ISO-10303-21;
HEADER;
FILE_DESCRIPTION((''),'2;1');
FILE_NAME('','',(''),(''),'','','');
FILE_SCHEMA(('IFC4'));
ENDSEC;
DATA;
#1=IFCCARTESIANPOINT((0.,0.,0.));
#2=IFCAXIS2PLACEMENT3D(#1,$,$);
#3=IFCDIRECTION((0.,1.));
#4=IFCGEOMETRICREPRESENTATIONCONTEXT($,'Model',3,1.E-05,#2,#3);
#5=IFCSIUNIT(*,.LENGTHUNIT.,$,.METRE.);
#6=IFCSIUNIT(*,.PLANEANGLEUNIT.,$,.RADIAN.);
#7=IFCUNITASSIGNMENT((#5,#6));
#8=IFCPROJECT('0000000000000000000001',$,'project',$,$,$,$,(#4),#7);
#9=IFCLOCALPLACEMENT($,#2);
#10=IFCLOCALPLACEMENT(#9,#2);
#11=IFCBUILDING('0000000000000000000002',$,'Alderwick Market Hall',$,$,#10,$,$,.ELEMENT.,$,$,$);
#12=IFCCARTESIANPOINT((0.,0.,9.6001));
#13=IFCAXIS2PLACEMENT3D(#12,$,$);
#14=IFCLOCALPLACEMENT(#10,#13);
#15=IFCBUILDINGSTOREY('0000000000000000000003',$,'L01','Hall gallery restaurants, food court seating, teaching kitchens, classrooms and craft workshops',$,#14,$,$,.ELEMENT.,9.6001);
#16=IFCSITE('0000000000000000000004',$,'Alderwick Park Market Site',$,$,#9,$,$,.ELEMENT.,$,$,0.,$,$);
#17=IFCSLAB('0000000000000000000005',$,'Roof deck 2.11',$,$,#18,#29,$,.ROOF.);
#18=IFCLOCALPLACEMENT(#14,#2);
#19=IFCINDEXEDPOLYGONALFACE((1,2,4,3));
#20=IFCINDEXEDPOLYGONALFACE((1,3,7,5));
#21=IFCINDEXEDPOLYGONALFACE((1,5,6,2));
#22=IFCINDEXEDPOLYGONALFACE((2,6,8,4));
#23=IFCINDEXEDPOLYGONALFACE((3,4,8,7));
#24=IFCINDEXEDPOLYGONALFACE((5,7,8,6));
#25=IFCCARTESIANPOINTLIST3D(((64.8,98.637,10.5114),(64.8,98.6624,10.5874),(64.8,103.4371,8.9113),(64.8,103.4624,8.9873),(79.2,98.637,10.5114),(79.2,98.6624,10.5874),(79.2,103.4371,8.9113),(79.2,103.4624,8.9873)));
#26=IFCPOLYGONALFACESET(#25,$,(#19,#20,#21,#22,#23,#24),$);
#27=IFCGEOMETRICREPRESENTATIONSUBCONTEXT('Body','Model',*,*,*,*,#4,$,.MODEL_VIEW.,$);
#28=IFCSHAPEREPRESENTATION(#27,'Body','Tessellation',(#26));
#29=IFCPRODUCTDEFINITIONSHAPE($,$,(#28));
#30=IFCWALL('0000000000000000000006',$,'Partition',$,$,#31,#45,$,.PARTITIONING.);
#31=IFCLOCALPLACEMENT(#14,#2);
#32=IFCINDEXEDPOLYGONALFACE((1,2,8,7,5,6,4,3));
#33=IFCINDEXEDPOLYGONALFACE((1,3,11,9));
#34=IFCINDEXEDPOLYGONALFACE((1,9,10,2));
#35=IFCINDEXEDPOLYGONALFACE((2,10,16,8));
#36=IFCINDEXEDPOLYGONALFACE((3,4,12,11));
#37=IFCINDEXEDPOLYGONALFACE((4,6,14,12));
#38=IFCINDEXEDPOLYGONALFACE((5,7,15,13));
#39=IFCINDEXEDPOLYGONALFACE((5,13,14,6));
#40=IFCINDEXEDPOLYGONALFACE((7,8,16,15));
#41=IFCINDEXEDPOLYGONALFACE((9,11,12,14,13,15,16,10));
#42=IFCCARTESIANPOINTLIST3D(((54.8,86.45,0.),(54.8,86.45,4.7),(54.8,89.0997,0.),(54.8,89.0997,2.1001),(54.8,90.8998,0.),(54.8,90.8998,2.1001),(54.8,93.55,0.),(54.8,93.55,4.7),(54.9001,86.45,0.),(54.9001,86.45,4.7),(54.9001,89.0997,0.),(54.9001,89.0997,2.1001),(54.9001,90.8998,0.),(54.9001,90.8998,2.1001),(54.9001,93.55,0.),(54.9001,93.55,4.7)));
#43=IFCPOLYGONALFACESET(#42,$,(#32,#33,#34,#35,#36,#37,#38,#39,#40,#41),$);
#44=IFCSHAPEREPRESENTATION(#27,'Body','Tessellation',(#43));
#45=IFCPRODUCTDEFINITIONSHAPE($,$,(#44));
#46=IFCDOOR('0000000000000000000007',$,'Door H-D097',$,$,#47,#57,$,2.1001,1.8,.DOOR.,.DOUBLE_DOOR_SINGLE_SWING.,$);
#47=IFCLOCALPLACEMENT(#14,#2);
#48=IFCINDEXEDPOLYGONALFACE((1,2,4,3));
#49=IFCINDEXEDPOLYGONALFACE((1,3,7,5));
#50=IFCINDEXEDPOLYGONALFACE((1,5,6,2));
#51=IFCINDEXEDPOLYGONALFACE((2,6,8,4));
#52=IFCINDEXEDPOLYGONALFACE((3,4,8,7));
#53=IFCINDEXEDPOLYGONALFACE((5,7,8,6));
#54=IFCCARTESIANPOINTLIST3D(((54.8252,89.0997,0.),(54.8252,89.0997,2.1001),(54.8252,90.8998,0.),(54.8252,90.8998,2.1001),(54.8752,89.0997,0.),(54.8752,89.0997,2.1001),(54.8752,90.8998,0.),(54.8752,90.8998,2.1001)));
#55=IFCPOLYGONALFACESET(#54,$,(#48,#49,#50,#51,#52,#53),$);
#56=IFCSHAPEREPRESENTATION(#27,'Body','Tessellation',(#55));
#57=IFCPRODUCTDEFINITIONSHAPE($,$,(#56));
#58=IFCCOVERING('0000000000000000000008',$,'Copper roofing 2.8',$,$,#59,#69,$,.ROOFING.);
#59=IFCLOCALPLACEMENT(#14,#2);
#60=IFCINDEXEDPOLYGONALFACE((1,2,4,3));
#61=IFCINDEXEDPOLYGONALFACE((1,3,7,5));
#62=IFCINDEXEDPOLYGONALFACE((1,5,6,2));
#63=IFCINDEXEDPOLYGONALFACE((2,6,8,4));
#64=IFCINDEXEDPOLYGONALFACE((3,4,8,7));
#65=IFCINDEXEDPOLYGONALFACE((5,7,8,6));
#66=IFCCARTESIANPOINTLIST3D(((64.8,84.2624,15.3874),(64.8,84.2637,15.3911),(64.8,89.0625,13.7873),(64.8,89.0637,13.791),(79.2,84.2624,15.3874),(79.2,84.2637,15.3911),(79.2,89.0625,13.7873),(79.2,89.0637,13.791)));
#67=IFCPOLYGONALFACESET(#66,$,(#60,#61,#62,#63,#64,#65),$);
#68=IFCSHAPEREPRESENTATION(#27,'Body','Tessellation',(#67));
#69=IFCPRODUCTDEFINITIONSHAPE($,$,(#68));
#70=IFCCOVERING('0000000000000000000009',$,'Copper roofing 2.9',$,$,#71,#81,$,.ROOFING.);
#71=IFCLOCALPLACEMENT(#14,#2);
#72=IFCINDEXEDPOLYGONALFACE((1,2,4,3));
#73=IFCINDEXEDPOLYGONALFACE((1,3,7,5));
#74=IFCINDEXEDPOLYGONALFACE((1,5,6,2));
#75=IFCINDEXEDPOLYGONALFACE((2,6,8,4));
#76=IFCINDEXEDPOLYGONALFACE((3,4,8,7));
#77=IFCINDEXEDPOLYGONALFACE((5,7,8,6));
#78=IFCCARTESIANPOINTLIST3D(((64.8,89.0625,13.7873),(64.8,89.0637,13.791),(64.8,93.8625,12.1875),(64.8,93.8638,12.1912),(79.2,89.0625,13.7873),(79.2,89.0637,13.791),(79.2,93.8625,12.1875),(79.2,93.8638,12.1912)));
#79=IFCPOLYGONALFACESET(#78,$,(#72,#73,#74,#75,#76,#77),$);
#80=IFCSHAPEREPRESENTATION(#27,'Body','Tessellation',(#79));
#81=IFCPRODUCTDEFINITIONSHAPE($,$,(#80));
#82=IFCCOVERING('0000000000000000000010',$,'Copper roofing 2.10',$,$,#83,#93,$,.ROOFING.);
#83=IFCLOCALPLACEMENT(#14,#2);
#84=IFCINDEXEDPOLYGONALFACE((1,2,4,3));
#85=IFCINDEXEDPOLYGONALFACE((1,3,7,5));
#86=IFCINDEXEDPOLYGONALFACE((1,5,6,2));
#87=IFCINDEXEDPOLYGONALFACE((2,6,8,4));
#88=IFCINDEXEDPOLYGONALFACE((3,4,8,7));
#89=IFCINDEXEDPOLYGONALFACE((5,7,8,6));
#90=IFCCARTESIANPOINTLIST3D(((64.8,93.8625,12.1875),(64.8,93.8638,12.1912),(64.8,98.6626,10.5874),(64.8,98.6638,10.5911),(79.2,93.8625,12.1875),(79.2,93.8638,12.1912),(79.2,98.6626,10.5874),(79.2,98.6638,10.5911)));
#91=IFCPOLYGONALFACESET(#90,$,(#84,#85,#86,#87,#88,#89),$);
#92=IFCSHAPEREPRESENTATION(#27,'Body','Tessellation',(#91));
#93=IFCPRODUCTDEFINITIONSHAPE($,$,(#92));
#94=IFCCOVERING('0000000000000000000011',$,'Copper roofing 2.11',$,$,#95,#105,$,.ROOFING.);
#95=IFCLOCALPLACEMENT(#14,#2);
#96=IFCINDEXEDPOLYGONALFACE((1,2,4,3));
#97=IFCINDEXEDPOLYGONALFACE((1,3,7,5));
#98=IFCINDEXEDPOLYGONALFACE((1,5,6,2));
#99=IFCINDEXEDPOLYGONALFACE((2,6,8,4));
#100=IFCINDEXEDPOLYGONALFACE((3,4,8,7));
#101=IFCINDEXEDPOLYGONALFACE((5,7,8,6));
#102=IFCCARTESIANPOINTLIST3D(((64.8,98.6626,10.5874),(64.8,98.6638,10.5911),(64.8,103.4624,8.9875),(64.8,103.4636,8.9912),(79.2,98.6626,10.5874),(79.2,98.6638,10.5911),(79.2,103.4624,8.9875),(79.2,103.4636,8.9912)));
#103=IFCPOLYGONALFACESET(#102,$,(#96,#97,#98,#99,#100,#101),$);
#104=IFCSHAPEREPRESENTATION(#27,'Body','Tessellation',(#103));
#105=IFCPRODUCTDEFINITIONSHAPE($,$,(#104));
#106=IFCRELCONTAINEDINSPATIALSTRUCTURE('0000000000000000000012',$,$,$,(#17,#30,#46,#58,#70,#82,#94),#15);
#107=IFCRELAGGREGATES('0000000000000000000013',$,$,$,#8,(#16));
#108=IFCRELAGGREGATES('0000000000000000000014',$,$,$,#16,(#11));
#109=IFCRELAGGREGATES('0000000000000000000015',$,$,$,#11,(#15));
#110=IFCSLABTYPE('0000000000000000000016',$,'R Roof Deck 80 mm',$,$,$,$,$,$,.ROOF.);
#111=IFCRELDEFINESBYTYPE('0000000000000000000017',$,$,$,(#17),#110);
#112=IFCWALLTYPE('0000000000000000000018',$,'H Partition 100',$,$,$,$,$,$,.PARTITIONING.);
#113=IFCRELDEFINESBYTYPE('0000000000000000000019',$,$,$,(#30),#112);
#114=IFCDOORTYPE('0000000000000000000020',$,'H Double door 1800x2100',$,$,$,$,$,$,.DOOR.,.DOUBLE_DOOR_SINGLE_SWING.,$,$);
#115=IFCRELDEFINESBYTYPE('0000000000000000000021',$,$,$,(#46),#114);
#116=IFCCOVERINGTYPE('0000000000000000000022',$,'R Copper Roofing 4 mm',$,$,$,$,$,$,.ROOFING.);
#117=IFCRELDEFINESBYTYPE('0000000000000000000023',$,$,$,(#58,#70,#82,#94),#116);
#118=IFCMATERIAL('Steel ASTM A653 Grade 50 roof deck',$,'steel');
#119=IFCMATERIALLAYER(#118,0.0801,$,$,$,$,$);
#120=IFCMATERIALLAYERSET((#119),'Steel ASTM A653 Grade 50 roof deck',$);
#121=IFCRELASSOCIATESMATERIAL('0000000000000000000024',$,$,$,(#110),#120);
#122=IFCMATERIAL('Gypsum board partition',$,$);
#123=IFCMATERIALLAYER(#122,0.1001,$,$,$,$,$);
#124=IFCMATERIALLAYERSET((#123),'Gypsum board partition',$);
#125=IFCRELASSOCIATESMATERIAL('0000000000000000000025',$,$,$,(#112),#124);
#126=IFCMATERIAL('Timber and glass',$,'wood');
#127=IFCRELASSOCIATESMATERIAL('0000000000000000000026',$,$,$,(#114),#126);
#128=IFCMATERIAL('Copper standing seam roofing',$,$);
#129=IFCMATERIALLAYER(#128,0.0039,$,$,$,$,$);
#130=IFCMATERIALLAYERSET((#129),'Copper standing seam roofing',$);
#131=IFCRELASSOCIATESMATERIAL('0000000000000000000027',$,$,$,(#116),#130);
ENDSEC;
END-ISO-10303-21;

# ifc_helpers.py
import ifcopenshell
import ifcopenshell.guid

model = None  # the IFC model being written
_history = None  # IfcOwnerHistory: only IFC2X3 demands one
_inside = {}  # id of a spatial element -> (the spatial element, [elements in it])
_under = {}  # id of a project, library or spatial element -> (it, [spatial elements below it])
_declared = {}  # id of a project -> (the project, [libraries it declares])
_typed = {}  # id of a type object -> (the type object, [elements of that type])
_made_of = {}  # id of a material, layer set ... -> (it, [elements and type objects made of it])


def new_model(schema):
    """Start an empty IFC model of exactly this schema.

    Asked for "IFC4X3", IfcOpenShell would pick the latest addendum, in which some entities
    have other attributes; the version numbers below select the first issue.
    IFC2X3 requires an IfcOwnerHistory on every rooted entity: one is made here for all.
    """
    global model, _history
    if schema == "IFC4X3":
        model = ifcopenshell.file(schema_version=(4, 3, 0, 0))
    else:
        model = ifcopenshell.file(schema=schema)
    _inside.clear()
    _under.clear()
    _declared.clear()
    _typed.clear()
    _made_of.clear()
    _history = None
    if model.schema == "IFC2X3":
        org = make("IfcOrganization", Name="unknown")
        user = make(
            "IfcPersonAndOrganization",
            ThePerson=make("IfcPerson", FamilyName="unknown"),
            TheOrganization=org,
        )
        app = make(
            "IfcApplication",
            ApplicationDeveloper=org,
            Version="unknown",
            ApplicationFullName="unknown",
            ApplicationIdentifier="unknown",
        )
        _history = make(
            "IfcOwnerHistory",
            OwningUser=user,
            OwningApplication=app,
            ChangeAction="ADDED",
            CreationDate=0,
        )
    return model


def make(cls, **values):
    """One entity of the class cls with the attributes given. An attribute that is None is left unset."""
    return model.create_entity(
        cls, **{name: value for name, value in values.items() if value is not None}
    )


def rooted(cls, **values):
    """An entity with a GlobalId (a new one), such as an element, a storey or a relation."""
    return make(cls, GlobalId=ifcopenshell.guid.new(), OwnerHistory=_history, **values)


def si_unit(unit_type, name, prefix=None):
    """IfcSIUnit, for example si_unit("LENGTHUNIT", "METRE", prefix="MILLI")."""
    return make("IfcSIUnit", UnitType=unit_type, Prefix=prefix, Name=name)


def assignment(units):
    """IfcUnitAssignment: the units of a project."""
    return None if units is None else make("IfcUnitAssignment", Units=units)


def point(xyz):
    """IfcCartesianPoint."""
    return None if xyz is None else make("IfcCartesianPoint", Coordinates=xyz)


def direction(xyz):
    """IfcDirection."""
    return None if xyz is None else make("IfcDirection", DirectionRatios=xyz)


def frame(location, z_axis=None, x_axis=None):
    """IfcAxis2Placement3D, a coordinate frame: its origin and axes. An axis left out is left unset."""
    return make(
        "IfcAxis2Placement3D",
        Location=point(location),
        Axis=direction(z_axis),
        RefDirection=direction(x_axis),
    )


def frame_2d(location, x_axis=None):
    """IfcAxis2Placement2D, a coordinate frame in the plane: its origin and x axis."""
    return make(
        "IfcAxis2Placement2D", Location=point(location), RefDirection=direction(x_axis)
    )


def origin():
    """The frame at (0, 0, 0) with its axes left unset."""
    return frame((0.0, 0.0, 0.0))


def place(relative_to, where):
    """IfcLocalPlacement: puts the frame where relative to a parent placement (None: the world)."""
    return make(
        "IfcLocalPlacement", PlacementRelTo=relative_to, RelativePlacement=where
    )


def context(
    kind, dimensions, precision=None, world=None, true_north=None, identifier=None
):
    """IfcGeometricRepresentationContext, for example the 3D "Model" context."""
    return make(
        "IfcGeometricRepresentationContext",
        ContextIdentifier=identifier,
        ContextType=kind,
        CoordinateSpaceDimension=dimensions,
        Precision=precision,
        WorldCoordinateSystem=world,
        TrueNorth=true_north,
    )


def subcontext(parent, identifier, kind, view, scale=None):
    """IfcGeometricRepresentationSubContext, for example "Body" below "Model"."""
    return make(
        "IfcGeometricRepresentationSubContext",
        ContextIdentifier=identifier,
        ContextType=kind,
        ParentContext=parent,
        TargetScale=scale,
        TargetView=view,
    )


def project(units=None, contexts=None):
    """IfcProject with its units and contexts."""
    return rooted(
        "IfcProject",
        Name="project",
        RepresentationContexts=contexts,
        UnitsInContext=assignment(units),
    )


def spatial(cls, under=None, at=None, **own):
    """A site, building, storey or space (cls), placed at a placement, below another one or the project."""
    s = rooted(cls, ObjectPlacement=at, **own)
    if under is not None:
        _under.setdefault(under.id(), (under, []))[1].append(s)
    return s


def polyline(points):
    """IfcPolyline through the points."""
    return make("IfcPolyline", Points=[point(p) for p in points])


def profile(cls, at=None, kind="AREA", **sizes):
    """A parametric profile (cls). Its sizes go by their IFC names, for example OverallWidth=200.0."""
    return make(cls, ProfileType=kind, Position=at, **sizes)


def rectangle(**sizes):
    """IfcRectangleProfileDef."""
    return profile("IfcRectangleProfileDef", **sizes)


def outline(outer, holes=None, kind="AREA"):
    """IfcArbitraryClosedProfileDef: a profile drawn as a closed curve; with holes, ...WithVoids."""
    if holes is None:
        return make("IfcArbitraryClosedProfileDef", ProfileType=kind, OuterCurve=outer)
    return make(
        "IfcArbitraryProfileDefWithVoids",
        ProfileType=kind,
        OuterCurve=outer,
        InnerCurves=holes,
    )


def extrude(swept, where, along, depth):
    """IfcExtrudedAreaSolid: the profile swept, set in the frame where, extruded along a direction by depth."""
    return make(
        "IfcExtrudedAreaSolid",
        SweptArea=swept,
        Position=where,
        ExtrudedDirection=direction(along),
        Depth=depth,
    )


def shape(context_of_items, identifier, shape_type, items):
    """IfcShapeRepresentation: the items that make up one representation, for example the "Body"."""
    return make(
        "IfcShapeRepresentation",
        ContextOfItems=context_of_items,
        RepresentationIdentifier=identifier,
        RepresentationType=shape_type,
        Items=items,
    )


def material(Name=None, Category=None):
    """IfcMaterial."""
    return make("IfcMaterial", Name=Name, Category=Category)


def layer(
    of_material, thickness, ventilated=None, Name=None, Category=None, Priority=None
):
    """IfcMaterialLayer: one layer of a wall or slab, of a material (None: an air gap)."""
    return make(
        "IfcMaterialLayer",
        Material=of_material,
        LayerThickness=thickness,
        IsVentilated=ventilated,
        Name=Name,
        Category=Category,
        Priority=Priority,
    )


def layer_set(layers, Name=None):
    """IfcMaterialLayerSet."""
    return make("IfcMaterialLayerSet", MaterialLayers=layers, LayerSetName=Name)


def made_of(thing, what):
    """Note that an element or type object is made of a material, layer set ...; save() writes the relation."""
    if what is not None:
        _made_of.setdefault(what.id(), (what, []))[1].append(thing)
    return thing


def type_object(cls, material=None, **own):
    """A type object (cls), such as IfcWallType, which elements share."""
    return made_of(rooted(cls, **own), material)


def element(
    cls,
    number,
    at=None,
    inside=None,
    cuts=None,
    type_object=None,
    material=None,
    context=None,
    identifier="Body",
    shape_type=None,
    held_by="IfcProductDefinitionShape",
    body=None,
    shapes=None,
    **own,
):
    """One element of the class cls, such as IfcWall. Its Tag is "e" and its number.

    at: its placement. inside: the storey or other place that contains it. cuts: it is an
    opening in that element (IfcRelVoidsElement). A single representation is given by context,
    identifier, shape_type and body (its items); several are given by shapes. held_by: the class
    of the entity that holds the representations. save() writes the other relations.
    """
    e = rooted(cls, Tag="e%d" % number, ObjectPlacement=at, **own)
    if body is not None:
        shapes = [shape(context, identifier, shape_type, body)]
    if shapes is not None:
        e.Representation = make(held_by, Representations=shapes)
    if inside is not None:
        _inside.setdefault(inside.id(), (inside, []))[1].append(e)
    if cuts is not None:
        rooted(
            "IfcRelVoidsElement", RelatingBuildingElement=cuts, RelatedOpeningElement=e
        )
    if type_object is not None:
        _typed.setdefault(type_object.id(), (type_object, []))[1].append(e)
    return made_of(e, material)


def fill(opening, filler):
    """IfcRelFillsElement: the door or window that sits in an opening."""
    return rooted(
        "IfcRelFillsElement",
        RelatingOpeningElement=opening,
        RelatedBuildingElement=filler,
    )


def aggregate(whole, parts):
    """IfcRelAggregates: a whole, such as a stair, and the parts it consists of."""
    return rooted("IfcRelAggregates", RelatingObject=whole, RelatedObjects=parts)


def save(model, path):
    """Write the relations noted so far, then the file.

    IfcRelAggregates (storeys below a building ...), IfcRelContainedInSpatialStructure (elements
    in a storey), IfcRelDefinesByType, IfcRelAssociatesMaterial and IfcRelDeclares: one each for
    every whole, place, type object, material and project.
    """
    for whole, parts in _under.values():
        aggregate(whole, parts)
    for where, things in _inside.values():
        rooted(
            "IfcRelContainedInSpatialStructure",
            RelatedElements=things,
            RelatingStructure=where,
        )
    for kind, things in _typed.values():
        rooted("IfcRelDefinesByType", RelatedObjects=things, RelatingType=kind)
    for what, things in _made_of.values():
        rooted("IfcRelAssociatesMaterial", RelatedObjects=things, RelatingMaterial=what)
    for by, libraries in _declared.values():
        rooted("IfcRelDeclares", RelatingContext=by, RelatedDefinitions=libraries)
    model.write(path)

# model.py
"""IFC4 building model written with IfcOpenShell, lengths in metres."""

from ifc_helpers import new_model, si_unit, direction, frame, frame_2d, origin, place, context, subcontext, project, spatial, polyline, rectangle, outline, extrude, material, layer, layer_set, type_object, element, fill, save


model = new_model("IFC4")

# Units and contexts
model_context = context("Model", 3, precision=1e-05, world=origin(), true_north=direction((0.0, 1.0)))
body_context = subcontext(model_context, "Body", "Model", "MODEL_VIEW")
ifc_project = project(units=[si_unit("LENGTHUNIT", "METRE"), si_unit("PLANEANGLEUNIT", "RADIAN")], contexts=[model_context])

# Site, building, storey
site_placement = place(None, origin())
site = spatial("IfcSite", under=ifc_project, at=site_placement, Name="Alderwick Park Market Site", CompositionType="ELEMENT", RefElevation=0.0)
building_placement = place(site_placement, origin())
building = spatial("IfcBuilding", under=site, at=building_placement, Name="Alderwick Market Hall", CompositionType="ELEMENT")
storey_placement = place(building_placement, frame((0.0, 0.0, 9.6001)))
storey = spatial("IfcBuildingStorey", under=building, at=storey_placement, Name="L01", Description="Hall gallery restaurants, food court seating, teaching kitchens, classrooms and craft workshops", CompositionType="ELEMENT", Elevation=9.6001)

# Slab
ifc_material_1 = material(Name="Steel ASTM A653 Grade 50 roof deck", Category="steel")
ifc_layer_1 = layer(ifc_material_1, 0.0801)
ifc_layer_set_1 = layer_set([ifc_layer_1], Name="Steel ASTM A653 Grade 50 roof deck")
slab_type = type_object("IfcSlabType", Name="R Roof Deck 80 mm", PredefinedType="ROOF", material=ifc_layer_set_1)
slab_1_placement = place(storey_placement, frame((64.8, 98.6624, 10.5874), z_axis=(0.0, 0.316242, 0.948678), x_axis=(1.0, 0.0, 0.0)))
element("IfcSlab", 1, at=slab_1_placement, inside=storey, type_object=slab_type, Name="Roof deck 2.11", PredefinedType="ROOF", context=body_context, shape_type="SweptSolid", body=[
    extrude(outline(polyline([(0.0, 0.0), (14.3999, 0.0), (14.3999, 5.0597), (0.0, 5.0597), (0.0, 0.0)])), origin(), (0.0, 0.0, -1.0), 0.0801),
])

# Wall, opening, door
ifc_material_2 = material(Name="Gypsum board partition")
ifc_layer_2 = layer(ifc_material_2, 0.1001)
ifc_layer_set_2 = layer_set([ifc_layer_2], Name="Gypsum board partition")
wall_type = type_object("IfcWallType", Name="H Partition 100", PredefinedType="PARTITIONING", material=ifc_layer_set_2)
wall_placement = place(storey_placement, frame((54.8501, 86.45, 0.0), z_axis=(0.0, 0.0, 1.0), x_axis=(0.0, 1.0, 0.0)))
wall = element("IfcWall", 2, at=wall_placement, inside=storey, type_object=wall_type, Name="Partition", PredefinedType="PARTITIONING", context=body_context, shape_type="SweptSolid", body=[
    extrude(rectangle(XDim=7.1001, YDim=0.1001, at=frame_2d((3.55, 0.0))), origin(), (0.0, 0.0, 1.0), 4.7),
])
opening_placement = place(wall_placement, frame((2.6499, 0.0, 0.0)))
opening = element("IfcOpeningElement", 3, at=opening_placement, cuts=wall, PredefinedType="OPENING", context=body_context, shape_type="SweptSolid", body=[
    extrude(rectangle(XDim=1.8, YDim=2.1001, at=frame_2d((0.8999, 1.05))), frame((0.0, 0.0601, 0.0), z_axis=(0.0, -1.0, 0.0), x_axis=(1.0, 0.0, 0.0)), (0.0, 0.0, 1.0), 0.1201),
])
ifc_material_3 = material(Name="Timber and glass", Category="wood")
door_type = type_object("IfcDoorType", Name="H Double door 1800x2100", OperationType="DOUBLE_DOOR_SINGLE_SWING", PredefinedType="DOOR", material=ifc_material_3)
door_placement = place(opening_placement, origin())
door = element("IfcDoor", 4, at=door_placement, inside=storey, type_object=door_type, Name="Door H-D097", OperationType="DOUBLE_DOOR_SINGLE_SWING", OverallHeight=2.1001, OverallWidth=1.8, PredefinedType="DOOR", context=body_context, shape_type="SweptSolid", body=[
    extrude(rectangle(XDim=1.8, YDim=2.1001, at=frame_2d((0.8999, 1.05))), frame((0.0, 0.0249, 0.0), z_axis=(0.0, -1.0, 0.0), x_axis=(1.0, 0.0, 0.0)), (0.0, 0.0, 1.0), 0.05),
])
fill(opening, door)

# Coverings
ifc_material_4 = material(Name="Copper standing seam roofing")
ifc_layer_3 = layer(ifc_material_4, 0.0039)
ifc_layer_set_3 = layer_set([ifc_layer_3], Name="Copper standing seam roofing")
covering_type = type_object("IfcCoveringType", Name="R Copper Roofing 4 mm", PredefinedType="ROOFING", material=ifc_layer_set_3)
covering_1_placement = place(storey_placement, frame((64.8, 84.2637, 15.3911), z_axis=(0.0, 0.316242, 0.948678), x_axis=(1.0, 0.0, 0.0)))
element("IfcCovering", 5, at=covering_1_placement, inside=storey, type_object=covering_type, Name="Copper roofing 2.8", PredefinedType="ROOFING", context=body_context, shape_type="SweptSolid", body=[
    extrude(outline(polyline([(0.0, 0.0), (14.3999, 0.0), (14.3999, 5.0597), (0.0, 5.0597), (0.0, 0.0)])), origin(), (0.0, 0.0, -1.0), 0.0039),
])
covering_2_placement = place(storey_placement, frame((64.8, 89.0637, 13.791), z_axis=(0.0, 0.316199, 0.948693), x_axis=(1.0, 0.0, 0.0)))
element("IfcCovering", 6, at=covering_2_placement, inside=storey, type_object=covering_type, Name="Copper roofing 2.9", PredefinedType="ROOFING", context=body_context, shape_type="SweptSolid", body=[
    extrude(outline(polyline([(0.0, 0.0), (14.3999, 0.0), (14.3999, 5.0596), (0.0, 5.0596), (0.0, 0.0)])), origin(), (0.0, 0.0, -1.0), 0.0039),
])
covering_3_placement = place(storey_placement, frame((64.8, 93.8638, 12.1912), z_axis=(0.0, 0.316242, 0.948678), x_axis=(1.0, 0.0, 0.0)))
element("IfcCovering", 7, at=covering_3_placement, inside=storey, type_object=covering_type, Name="Copper roofing 2.10", PredefinedType="ROOFING", context=body_context, shape_type="SweptSolid", body=[
    extrude(outline(polyline([(0.0, 0.0), (14.3999, 0.0), (14.3999, 5.0597), (0.0, 5.0597), (0.0, 0.0)])), origin(), (0.0, 0.0, -1.0), 0.0039),
])
covering_4_placement = place(storey_placement, frame((64.8, 98.6638, 10.5911), z_axis=(0.0, 0.316213, 0.948688), x_axis=(1.0, 0.0, 0.0)))
element("IfcCovering", 8, at=covering_4_placement, inside=storey, type_object=covering_type, Name="Copper roofing 2.11", PredefinedType="ROOFING", context=body_context, shape_type="SweptSolid", body=[
    extrude(outline(polyline([(0.0, 0.0), (14.3999, 0.0), (14.3999, 5.0594), (0.0, 5.0594), (0.0, 0.0)])), origin(), (0.0, 0.0, -1.0), 0.0039),
])

save(model, "model.ifc")
